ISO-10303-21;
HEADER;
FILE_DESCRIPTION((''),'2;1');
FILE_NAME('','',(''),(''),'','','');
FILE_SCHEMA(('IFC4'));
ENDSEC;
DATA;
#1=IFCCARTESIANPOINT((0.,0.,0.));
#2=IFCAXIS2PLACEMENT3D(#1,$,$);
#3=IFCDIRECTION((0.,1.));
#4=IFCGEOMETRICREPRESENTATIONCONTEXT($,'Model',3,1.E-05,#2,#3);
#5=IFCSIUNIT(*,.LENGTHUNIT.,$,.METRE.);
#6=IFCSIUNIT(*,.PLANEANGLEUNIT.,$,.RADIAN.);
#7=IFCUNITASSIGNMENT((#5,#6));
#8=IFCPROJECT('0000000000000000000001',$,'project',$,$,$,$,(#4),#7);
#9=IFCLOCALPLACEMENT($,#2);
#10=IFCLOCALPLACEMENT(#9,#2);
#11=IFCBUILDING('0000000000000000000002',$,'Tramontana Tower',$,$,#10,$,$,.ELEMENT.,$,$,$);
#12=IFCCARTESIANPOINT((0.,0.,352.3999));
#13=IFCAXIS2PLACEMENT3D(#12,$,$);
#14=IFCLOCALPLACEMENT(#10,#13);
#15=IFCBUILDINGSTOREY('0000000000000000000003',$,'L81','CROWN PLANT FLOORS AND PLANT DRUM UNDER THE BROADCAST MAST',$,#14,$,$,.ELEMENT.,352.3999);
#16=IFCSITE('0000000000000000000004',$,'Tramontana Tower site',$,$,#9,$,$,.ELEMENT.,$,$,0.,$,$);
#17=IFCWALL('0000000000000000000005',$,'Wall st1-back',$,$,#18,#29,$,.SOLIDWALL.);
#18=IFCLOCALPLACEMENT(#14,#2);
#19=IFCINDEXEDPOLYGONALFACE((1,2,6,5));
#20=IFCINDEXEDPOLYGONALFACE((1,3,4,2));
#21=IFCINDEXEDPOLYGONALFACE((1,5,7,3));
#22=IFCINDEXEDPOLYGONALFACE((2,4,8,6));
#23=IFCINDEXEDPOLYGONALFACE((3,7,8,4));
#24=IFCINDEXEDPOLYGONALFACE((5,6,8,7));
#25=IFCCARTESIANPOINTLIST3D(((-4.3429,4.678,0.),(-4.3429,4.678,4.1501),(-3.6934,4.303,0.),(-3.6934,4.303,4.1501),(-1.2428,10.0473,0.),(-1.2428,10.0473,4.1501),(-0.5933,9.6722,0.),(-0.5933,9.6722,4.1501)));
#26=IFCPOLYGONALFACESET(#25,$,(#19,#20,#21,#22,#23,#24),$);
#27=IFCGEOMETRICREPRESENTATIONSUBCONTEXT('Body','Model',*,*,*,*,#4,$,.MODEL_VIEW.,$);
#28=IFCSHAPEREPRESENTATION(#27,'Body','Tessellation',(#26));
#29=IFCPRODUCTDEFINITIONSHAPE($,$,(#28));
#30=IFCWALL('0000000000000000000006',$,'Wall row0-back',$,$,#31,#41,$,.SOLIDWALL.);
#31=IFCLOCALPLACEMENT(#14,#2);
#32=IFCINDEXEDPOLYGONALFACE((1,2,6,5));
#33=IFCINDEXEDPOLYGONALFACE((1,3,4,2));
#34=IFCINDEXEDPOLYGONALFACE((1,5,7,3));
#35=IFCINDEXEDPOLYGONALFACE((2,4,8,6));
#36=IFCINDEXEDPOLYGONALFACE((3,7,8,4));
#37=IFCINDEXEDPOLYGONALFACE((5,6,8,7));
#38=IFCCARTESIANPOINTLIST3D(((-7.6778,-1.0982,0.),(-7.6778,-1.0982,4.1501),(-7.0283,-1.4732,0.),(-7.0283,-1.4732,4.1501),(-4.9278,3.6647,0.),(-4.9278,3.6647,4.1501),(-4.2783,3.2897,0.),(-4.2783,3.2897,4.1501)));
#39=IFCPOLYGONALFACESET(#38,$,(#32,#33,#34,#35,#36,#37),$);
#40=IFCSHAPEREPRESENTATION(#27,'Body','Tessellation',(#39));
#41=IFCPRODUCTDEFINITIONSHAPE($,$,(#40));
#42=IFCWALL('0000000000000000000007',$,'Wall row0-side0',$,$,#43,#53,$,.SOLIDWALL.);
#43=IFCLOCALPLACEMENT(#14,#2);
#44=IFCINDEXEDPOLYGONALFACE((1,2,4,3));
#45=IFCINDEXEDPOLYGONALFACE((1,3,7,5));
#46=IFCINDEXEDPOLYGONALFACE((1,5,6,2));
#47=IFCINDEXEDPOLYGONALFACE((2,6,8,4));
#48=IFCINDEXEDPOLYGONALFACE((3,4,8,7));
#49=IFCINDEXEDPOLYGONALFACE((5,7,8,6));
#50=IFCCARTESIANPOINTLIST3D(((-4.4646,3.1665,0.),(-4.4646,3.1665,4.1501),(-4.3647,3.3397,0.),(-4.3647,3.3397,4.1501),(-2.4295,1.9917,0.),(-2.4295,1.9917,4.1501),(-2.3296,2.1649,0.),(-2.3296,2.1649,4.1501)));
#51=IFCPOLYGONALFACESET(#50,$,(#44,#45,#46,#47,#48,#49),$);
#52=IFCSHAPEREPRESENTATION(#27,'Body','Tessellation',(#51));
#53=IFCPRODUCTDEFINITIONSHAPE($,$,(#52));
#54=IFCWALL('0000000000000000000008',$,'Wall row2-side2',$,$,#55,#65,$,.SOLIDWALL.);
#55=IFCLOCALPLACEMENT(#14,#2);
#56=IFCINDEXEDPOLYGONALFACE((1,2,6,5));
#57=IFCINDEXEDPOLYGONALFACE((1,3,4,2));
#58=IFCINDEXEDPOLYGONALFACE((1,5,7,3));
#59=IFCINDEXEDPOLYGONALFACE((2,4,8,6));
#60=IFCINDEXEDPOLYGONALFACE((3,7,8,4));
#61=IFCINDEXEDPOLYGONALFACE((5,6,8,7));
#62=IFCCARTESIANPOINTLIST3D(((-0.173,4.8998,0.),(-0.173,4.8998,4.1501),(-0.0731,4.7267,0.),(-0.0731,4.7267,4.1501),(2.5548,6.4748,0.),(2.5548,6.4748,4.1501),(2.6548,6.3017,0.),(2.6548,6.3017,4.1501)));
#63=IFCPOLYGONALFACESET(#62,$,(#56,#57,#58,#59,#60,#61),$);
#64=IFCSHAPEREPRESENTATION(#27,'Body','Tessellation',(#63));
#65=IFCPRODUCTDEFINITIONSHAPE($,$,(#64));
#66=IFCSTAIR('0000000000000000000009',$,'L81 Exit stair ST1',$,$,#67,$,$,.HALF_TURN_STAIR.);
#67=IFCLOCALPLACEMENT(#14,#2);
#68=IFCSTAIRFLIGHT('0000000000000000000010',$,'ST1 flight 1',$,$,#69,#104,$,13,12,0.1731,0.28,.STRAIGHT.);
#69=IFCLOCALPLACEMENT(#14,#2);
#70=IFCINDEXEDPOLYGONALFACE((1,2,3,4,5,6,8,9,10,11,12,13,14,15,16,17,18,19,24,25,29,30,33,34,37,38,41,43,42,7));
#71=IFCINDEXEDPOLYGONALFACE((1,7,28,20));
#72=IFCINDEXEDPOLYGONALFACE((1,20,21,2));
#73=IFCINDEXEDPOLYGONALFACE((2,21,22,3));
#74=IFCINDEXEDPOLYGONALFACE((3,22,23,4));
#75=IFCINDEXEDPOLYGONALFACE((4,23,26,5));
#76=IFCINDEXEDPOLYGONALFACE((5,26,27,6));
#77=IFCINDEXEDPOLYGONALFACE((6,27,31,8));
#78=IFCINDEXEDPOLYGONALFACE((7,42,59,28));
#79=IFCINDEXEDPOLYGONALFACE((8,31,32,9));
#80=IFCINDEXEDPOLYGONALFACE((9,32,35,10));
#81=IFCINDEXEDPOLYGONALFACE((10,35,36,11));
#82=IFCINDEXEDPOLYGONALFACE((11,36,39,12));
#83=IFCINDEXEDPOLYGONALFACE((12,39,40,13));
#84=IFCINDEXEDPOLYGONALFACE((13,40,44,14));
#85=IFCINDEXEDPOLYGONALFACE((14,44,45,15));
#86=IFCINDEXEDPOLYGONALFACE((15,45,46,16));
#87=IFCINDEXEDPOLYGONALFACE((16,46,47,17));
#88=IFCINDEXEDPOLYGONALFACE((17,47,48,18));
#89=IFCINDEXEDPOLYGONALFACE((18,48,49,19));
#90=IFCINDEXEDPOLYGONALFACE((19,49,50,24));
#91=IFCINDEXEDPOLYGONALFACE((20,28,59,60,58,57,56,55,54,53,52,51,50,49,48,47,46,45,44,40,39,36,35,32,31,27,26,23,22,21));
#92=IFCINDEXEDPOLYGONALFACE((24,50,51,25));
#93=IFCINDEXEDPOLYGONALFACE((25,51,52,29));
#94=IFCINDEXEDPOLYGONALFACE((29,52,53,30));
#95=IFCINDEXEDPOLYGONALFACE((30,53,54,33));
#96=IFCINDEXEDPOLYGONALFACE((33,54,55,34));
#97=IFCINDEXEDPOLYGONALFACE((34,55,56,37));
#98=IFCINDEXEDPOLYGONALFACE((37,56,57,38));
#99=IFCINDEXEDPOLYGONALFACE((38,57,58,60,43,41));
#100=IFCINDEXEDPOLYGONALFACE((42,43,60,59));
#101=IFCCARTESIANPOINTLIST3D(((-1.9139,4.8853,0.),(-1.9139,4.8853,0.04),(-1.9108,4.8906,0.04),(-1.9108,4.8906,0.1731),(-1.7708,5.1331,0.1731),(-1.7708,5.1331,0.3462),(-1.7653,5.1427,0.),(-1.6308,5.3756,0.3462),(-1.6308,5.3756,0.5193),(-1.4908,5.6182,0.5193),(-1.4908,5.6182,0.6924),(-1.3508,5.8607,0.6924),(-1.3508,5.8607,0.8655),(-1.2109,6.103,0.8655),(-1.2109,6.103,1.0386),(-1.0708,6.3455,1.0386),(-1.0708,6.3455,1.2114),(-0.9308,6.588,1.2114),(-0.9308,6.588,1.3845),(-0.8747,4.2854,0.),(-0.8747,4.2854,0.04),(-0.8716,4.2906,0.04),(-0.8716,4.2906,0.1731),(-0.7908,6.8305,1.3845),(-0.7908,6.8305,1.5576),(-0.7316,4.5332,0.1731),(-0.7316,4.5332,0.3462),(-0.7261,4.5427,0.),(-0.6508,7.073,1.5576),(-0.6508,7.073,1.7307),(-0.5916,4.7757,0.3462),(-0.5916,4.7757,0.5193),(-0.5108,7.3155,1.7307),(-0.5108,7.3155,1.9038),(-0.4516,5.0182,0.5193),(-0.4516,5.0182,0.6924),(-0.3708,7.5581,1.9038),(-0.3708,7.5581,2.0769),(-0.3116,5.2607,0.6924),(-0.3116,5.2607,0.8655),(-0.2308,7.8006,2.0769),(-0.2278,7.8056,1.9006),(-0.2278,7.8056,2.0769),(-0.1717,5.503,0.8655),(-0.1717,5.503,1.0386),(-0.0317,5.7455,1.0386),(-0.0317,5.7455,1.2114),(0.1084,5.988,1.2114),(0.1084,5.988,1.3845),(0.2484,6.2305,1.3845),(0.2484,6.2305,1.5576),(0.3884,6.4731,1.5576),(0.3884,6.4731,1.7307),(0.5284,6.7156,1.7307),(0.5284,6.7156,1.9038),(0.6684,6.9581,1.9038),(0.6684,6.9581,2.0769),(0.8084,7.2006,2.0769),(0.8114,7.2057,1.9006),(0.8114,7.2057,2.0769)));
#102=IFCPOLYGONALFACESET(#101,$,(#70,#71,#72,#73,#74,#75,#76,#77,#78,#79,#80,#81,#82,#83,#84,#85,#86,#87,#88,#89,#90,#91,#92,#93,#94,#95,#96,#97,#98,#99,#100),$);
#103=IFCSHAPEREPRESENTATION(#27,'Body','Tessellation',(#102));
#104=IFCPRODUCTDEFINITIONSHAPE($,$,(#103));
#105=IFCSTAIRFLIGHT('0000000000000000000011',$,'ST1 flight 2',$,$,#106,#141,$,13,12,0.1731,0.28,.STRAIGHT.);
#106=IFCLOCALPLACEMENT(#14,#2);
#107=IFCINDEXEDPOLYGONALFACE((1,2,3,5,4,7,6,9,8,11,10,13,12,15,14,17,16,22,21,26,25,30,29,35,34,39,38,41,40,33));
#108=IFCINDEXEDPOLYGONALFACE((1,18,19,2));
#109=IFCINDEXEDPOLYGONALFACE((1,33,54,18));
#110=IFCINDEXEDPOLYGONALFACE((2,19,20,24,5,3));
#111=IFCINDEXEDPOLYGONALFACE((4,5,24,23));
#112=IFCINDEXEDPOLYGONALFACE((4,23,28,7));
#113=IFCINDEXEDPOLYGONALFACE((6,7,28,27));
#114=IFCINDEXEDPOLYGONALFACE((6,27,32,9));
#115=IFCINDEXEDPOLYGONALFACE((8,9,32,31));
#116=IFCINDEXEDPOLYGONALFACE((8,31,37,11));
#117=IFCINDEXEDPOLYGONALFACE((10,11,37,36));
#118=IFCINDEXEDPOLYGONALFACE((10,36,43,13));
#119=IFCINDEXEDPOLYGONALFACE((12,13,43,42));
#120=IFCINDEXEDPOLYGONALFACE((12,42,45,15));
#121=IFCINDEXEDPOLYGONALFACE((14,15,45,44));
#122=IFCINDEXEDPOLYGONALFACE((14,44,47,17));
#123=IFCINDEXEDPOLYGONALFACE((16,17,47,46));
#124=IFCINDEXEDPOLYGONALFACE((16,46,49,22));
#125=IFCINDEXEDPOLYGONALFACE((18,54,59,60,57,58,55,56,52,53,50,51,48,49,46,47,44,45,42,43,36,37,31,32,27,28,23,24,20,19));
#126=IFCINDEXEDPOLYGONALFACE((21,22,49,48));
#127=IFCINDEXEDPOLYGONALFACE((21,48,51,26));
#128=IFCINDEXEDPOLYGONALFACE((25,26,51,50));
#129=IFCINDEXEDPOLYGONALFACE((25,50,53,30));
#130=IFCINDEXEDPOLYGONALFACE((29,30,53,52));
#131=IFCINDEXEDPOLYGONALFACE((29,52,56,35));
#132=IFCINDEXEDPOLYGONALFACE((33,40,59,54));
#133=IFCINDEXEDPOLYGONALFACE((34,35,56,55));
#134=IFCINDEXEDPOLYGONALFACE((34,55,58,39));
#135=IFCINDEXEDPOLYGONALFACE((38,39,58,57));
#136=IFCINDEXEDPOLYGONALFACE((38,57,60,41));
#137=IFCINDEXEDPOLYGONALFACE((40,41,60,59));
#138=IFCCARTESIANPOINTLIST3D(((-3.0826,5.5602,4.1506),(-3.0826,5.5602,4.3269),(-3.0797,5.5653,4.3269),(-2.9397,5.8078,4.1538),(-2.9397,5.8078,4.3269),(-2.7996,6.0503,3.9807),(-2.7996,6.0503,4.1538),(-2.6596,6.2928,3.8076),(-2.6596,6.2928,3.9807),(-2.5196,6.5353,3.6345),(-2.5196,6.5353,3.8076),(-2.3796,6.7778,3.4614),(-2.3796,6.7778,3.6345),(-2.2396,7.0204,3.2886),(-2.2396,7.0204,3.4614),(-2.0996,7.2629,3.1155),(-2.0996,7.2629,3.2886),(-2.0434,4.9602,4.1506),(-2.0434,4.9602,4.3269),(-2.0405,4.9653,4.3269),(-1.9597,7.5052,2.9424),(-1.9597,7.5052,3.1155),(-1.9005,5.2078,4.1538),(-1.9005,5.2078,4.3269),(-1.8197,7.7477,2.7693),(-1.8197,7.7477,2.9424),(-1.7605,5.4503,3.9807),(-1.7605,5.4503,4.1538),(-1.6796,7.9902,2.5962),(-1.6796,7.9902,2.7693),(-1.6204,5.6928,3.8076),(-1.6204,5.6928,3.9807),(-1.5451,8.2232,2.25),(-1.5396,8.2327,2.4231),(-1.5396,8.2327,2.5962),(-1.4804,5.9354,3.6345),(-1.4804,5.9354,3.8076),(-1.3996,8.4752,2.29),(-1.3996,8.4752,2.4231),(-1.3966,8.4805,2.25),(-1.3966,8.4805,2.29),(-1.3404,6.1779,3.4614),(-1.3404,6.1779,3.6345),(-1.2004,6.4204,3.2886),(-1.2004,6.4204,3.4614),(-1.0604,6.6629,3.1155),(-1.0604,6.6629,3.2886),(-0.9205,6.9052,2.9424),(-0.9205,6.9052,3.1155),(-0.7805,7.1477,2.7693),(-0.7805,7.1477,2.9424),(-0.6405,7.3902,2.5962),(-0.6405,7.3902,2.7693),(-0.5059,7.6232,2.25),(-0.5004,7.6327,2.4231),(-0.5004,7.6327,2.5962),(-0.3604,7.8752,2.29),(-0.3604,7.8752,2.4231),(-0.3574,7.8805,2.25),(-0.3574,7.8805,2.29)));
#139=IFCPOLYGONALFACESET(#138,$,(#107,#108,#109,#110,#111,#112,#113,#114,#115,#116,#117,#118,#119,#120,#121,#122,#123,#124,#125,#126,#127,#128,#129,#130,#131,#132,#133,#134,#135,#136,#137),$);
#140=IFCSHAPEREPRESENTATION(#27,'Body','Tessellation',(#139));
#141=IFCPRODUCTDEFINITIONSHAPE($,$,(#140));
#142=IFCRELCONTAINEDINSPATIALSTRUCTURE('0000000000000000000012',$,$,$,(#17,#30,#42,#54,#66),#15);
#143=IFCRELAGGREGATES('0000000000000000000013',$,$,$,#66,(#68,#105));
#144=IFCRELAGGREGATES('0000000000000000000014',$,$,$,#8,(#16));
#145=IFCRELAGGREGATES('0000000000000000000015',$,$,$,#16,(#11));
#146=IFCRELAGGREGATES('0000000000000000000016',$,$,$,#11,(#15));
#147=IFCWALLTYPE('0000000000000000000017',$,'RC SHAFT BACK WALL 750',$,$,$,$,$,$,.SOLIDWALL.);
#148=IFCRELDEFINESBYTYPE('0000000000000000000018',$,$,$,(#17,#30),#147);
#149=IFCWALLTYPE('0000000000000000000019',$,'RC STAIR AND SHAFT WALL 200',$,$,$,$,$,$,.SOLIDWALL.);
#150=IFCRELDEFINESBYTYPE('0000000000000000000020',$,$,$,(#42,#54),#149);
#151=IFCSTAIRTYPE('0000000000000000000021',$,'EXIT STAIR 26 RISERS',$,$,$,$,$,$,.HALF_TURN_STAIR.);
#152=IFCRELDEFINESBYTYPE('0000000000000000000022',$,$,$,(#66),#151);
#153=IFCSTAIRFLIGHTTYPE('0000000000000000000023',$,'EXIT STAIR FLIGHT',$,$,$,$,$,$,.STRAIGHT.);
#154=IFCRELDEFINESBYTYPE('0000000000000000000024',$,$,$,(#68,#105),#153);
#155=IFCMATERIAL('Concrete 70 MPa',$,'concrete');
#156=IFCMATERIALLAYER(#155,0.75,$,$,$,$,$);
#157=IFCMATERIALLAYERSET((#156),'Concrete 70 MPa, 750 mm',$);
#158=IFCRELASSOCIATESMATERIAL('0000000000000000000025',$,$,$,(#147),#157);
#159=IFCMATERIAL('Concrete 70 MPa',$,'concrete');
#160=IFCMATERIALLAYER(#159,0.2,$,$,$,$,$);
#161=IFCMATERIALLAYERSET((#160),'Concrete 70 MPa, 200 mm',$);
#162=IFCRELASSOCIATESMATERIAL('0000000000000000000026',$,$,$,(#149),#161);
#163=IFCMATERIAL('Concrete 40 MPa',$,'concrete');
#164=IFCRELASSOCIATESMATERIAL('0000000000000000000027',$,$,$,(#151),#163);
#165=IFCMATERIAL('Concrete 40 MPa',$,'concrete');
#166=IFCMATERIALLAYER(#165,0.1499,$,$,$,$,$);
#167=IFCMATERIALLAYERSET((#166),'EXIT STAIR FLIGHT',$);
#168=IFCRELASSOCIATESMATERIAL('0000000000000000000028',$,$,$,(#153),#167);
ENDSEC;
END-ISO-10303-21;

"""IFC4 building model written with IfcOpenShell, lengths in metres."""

from ifc_helpers import new_model, si_unit, direction, frame, frame_2d, origin, place, context, subcontext, project, spatial, polyline, rectangle, outline, extrude, material, layer, layer_set, type_object, element, aggregate, save


model = new_model("IFC4")

# Units and contexts
model_context = context("Model", 3, precision=1e-05, world=origin(), true_north=direction((0.0, 1.0)))
body_context = subcontext(model_context, "Body", "Model", "MODEL_VIEW")
ifc_project = project(units=[si_unit("LENGTHUNIT", "METRE"), si_unit("PLANEANGLEUNIT", "RADIAN")], contexts=[model_context])

# Site, building, storey
site_placement = place(None, origin())
site = spatial("IfcSite", under=ifc_project, at=site_placement, Name="Tramontana Tower site", CompositionType="ELEMENT", RefElevation=0.0)
building_placement = place(site_placement, origin())
building = spatial("IfcBuilding", under=site, at=building_placement, Name="Tramontana Tower", CompositionType="ELEMENT")
storey_placement = place(building_placement, frame((0.0, 0.0, 352.3999)))
storey = spatial("IfcBuildingStorey", under=building, at=storey_placement, Name="L81", Description="CROWN PLANT FLOORS AND PLANT DRUM UNDER THE BROADCAST MAST", CompositionType="ELEMENT", Elevation=352.3999)

# Walls
ifc_material_1 = material(Name="Concrete 70 MPa", Category="concrete")
ifc_layer_1 = layer(ifc_material_1, 0.75)
ifc_layer_set_1 = layer_set([ifc_layer_1], Name="Concrete 70 MPa, 750 mm")
wall_type_1 = type_object("IfcWallType", Name="RC SHAFT BACK WALL 750", PredefinedType="SOLIDWALL", material=ifc_layer_set_1)
wall_1_placement = place(storey_placement, frame((-0.918, 9.8599, 0.0), z_axis=(0.0, 0.0, 1.0), x_axis=(-0.500027, -0.86601, 0.0)))
element("IfcWall", 1, at=wall_1_placement, inside=storey, type_object=wall_type_1, Name="Wall st1-back", PredefinedType="SOLIDWALL", context=body_context, shape_type="SweptSolid", body=[
    extrude(rectangle(XDim=6.2, YDim=0.75, at=frame_2d((3.1001, 0.0))), origin(), (0.0, 0.0, 1.0), 4.1501),
])
wall_2_placement = place(storey_placement, frame((-4.603, 3.4773, 0.0), z_axis=(0.0, 0.0, 1.0), x_axis=(-0.500016, -0.866016, 0.0)))
element("IfcWall", 2, at=wall_2_placement, inside=storey, type_object=wall_type_1, Name="Wall row0-back", PredefinedType="SOLIDWALL", context=body_context, shape_type="SweptSolid", body=[
    extrude(rectangle(XDim=5.4998, YDim=0.75, at=frame_2d((2.75, 0.0))), origin(), (0.0, 0.0, 1.0), 4.1501),
])

# Shared definitions
ifc_material_2 = material(Name="Concrete 70 MPa", Category="concrete")
ifc_layer_2 = layer(ifc_material_2, 0.2)
ifc_layer_set_2 = layer_set([ifc_layer_2], Name="Concrete 70 MPa, 200 mm")
wall_type_2 = type_object("IfcWallType", Name="RC STAIR AND SHAFT WALL 200", PredefinedType="SOLIDWALL", material=ifc_layer_set_2)

# Walls
wall_3_placement = place(storey_placement, frame((-2.3796, 2.0784, 0.0), z_axis=(0.0, 0.0, 1.0), x_axis=(-0.866061, 0.499938, 0.0)))
element("IfcWall", 3, at=wall_3_placement, inside=storey, type_object=wall_type_2, Name="Wall row0-side0", PredefinedType="SOLIDWALL", context=body_context, shape_type="SweptSolid", body=[
    extrude(rectangle(XDim=2.3499, YDim=0.2, at=frame_2d((1.1748, 0.0))), origin(), (0.0, 0.0, 1.0), 4.1501),
])
wall_4_placement = place(storey_placement, frame((-0.123, 4.8132, 0.0), z_axis=(0.0, 0.0, 1.0), x_axis=(0.866016, 0.500015, 0.0)))
element("IfcWall", 4, at=wall_4_placement, inside=storey, type_object=wall_type_2, Name="Wall row2-side2", PredefinedType="SOLIDWALL", context=body_context, shape_type="SweptSolid", body=[
    extrude(rectangle(XDim=3.1499, YDim=0.2, at=frame_2d((1.575, 0.0))), origin(), (0.0, 0.0, 1.0), 4.1501),
])

# Stair, stair flights
ifc_material_3 = material(Name="Concrete 40 MPa", Category="concrete")
stair_type = type_object("IfcStairType", Name="EXIT STAIR 26 RISERS", PredefinedType="HALF_TURN_STAIR", material=ifc_material_3)
stair_placement = place(storey_placement, origin())
stair = element("IfcStair", 5, at=stair_placement, inside=storey, type_object=stair_type, Name="L81 Exit stair ST1", PredefinedType="HALF_TURN_STAIR")
ifc_material_4 = material(Name="Concrete 40 MPa", Category="concrete")
ifc_layer_3 = layer(ifc_material_4, 0.1499)
ifc_layer_set_3 = layer_set([ifc_layer_3], Name="EXIT STAIR FLIGHT")
stair_flight_type = type_object("IfcStairFlightType", Name="EXIT STAIR FLIGHT", PredefinedType="STRAIGHT", material=ifc_layer_set_3)
stair_flight_1_placement = place(storey_placement, frame((-1.3911, 4.5906, 0.0), z_axis=(0.0, 0.0, 1.0), x_axis=(0.5, 0.866025, 0.0)))
stair_flight_1 = element("IfcStairFlight", 6, at=stair_flight_1_placement, type_object=stair_flight_type, Name="ST1 flight 1", NumberOfRisers=13, NumberOfTreads=12, PredefinedType="STRAIGHT", RiserHeight=0.1731, TreadLength=0.28, context=body_context, shape_type="SweptSolid", body=[
    extrude(outline(polyline([(-0.0061, 0.0), (-0.0061, 0.04), (0.0, 0.04), (0.0, 0.1731), (0.28, 0.1731), (0.28, 0.3462), (0.5601, 0.3462), (0.5601, 0.5193), (0.8401, 0.5193), (0.8401, 0.6924), (1.1201, 0.6924), (1.1201, 0.8655), (1.3999, 0.8655), (1.3999, 1.0386), (1.6799, 1.0386), (1.6799, 1.2114), (1.96, 1.2114), (1.96, 1.3845), (2.24, 1.3845), (2.24, 1.5576), (2.52, 1.5576), (2.52, 1.7307), (2.8, 1.7307), (2.8, 1.9038), (3.0801, 1.9038), (3.0801, 2.0769), (3.3601, 2.0769), (3.366, 2.0769), (3.366, 1.9006), (0.291, 0.0), (-0.0061, 0.0)])), frame((0.0, 0.6001, 0.0), z_axis=(0.0, -1.0, 0.0), x_axis=(1.0, 0.0, 0.0)), (0.0, 0.0, 1.0), 1.2),
])
stair_flight_2_placement = place(storey_placement, frame((-0.8801, 8.1753, 2.25), z_axis=(0.0, 0.0, 1.0), x_axis=(-0.5, -0.866025, 0.0)))
stair_flight_2 = element("IfcStairFlight", 7, at=stair_flight_2_placement, type_object=stair_flight_type, Name="ST1 flight 2", NumberOfRisers=13, NumberOfTreads=12, PredefinedType="STRAIGHT", RiserHeight=0.1731, TreadLength=0.28, context=body_context, shape_type="SweptSolid", body=[
    extrude(outline(polyline([(-0.0061, 0.0), (-0.0061, 0.04), (0.0, 0.04), (0.0, 0.1731), (0.28, 0.1731), (0.28, 0.3462), (0.5601, 0.3462), (0.5601, 0.5193), (0.8401, 0.5193), (0.8401, 0.6924), (1.1201, 0.6924), (1.1201, 0.8655), (1.3999, 0.8655), (1.3999, 1.0386), (1.6799, 1.0386), (1.6799, 1.2114), (1.96, 1.2114), (1.96, 1.3845), (2.24, 1.3845), (2.24, 1.5576), (2.52, 1.5576), (2.52, 1.7307), (2.8, 1.7307), (2.8, 1.9038), (3.0801, 1.9038), (3.0801, 2.0769), (3.3601, 2.0769), (3.366, 2.0769), (3.366, 1.9006), (0.291, 0.0), (-0.0061, 0.0)])), frame((0.0, 0.6001, 0.0), z_axis=(0.0, -1.0, 0.0), x_axis=(1.0, 0.0, 0.0)), (0.0, 0.0, 1.0), 1.2),
])
aggregate(stair, [stair_flight_1, stair_flight_2])

save(model, "model.ifc")
